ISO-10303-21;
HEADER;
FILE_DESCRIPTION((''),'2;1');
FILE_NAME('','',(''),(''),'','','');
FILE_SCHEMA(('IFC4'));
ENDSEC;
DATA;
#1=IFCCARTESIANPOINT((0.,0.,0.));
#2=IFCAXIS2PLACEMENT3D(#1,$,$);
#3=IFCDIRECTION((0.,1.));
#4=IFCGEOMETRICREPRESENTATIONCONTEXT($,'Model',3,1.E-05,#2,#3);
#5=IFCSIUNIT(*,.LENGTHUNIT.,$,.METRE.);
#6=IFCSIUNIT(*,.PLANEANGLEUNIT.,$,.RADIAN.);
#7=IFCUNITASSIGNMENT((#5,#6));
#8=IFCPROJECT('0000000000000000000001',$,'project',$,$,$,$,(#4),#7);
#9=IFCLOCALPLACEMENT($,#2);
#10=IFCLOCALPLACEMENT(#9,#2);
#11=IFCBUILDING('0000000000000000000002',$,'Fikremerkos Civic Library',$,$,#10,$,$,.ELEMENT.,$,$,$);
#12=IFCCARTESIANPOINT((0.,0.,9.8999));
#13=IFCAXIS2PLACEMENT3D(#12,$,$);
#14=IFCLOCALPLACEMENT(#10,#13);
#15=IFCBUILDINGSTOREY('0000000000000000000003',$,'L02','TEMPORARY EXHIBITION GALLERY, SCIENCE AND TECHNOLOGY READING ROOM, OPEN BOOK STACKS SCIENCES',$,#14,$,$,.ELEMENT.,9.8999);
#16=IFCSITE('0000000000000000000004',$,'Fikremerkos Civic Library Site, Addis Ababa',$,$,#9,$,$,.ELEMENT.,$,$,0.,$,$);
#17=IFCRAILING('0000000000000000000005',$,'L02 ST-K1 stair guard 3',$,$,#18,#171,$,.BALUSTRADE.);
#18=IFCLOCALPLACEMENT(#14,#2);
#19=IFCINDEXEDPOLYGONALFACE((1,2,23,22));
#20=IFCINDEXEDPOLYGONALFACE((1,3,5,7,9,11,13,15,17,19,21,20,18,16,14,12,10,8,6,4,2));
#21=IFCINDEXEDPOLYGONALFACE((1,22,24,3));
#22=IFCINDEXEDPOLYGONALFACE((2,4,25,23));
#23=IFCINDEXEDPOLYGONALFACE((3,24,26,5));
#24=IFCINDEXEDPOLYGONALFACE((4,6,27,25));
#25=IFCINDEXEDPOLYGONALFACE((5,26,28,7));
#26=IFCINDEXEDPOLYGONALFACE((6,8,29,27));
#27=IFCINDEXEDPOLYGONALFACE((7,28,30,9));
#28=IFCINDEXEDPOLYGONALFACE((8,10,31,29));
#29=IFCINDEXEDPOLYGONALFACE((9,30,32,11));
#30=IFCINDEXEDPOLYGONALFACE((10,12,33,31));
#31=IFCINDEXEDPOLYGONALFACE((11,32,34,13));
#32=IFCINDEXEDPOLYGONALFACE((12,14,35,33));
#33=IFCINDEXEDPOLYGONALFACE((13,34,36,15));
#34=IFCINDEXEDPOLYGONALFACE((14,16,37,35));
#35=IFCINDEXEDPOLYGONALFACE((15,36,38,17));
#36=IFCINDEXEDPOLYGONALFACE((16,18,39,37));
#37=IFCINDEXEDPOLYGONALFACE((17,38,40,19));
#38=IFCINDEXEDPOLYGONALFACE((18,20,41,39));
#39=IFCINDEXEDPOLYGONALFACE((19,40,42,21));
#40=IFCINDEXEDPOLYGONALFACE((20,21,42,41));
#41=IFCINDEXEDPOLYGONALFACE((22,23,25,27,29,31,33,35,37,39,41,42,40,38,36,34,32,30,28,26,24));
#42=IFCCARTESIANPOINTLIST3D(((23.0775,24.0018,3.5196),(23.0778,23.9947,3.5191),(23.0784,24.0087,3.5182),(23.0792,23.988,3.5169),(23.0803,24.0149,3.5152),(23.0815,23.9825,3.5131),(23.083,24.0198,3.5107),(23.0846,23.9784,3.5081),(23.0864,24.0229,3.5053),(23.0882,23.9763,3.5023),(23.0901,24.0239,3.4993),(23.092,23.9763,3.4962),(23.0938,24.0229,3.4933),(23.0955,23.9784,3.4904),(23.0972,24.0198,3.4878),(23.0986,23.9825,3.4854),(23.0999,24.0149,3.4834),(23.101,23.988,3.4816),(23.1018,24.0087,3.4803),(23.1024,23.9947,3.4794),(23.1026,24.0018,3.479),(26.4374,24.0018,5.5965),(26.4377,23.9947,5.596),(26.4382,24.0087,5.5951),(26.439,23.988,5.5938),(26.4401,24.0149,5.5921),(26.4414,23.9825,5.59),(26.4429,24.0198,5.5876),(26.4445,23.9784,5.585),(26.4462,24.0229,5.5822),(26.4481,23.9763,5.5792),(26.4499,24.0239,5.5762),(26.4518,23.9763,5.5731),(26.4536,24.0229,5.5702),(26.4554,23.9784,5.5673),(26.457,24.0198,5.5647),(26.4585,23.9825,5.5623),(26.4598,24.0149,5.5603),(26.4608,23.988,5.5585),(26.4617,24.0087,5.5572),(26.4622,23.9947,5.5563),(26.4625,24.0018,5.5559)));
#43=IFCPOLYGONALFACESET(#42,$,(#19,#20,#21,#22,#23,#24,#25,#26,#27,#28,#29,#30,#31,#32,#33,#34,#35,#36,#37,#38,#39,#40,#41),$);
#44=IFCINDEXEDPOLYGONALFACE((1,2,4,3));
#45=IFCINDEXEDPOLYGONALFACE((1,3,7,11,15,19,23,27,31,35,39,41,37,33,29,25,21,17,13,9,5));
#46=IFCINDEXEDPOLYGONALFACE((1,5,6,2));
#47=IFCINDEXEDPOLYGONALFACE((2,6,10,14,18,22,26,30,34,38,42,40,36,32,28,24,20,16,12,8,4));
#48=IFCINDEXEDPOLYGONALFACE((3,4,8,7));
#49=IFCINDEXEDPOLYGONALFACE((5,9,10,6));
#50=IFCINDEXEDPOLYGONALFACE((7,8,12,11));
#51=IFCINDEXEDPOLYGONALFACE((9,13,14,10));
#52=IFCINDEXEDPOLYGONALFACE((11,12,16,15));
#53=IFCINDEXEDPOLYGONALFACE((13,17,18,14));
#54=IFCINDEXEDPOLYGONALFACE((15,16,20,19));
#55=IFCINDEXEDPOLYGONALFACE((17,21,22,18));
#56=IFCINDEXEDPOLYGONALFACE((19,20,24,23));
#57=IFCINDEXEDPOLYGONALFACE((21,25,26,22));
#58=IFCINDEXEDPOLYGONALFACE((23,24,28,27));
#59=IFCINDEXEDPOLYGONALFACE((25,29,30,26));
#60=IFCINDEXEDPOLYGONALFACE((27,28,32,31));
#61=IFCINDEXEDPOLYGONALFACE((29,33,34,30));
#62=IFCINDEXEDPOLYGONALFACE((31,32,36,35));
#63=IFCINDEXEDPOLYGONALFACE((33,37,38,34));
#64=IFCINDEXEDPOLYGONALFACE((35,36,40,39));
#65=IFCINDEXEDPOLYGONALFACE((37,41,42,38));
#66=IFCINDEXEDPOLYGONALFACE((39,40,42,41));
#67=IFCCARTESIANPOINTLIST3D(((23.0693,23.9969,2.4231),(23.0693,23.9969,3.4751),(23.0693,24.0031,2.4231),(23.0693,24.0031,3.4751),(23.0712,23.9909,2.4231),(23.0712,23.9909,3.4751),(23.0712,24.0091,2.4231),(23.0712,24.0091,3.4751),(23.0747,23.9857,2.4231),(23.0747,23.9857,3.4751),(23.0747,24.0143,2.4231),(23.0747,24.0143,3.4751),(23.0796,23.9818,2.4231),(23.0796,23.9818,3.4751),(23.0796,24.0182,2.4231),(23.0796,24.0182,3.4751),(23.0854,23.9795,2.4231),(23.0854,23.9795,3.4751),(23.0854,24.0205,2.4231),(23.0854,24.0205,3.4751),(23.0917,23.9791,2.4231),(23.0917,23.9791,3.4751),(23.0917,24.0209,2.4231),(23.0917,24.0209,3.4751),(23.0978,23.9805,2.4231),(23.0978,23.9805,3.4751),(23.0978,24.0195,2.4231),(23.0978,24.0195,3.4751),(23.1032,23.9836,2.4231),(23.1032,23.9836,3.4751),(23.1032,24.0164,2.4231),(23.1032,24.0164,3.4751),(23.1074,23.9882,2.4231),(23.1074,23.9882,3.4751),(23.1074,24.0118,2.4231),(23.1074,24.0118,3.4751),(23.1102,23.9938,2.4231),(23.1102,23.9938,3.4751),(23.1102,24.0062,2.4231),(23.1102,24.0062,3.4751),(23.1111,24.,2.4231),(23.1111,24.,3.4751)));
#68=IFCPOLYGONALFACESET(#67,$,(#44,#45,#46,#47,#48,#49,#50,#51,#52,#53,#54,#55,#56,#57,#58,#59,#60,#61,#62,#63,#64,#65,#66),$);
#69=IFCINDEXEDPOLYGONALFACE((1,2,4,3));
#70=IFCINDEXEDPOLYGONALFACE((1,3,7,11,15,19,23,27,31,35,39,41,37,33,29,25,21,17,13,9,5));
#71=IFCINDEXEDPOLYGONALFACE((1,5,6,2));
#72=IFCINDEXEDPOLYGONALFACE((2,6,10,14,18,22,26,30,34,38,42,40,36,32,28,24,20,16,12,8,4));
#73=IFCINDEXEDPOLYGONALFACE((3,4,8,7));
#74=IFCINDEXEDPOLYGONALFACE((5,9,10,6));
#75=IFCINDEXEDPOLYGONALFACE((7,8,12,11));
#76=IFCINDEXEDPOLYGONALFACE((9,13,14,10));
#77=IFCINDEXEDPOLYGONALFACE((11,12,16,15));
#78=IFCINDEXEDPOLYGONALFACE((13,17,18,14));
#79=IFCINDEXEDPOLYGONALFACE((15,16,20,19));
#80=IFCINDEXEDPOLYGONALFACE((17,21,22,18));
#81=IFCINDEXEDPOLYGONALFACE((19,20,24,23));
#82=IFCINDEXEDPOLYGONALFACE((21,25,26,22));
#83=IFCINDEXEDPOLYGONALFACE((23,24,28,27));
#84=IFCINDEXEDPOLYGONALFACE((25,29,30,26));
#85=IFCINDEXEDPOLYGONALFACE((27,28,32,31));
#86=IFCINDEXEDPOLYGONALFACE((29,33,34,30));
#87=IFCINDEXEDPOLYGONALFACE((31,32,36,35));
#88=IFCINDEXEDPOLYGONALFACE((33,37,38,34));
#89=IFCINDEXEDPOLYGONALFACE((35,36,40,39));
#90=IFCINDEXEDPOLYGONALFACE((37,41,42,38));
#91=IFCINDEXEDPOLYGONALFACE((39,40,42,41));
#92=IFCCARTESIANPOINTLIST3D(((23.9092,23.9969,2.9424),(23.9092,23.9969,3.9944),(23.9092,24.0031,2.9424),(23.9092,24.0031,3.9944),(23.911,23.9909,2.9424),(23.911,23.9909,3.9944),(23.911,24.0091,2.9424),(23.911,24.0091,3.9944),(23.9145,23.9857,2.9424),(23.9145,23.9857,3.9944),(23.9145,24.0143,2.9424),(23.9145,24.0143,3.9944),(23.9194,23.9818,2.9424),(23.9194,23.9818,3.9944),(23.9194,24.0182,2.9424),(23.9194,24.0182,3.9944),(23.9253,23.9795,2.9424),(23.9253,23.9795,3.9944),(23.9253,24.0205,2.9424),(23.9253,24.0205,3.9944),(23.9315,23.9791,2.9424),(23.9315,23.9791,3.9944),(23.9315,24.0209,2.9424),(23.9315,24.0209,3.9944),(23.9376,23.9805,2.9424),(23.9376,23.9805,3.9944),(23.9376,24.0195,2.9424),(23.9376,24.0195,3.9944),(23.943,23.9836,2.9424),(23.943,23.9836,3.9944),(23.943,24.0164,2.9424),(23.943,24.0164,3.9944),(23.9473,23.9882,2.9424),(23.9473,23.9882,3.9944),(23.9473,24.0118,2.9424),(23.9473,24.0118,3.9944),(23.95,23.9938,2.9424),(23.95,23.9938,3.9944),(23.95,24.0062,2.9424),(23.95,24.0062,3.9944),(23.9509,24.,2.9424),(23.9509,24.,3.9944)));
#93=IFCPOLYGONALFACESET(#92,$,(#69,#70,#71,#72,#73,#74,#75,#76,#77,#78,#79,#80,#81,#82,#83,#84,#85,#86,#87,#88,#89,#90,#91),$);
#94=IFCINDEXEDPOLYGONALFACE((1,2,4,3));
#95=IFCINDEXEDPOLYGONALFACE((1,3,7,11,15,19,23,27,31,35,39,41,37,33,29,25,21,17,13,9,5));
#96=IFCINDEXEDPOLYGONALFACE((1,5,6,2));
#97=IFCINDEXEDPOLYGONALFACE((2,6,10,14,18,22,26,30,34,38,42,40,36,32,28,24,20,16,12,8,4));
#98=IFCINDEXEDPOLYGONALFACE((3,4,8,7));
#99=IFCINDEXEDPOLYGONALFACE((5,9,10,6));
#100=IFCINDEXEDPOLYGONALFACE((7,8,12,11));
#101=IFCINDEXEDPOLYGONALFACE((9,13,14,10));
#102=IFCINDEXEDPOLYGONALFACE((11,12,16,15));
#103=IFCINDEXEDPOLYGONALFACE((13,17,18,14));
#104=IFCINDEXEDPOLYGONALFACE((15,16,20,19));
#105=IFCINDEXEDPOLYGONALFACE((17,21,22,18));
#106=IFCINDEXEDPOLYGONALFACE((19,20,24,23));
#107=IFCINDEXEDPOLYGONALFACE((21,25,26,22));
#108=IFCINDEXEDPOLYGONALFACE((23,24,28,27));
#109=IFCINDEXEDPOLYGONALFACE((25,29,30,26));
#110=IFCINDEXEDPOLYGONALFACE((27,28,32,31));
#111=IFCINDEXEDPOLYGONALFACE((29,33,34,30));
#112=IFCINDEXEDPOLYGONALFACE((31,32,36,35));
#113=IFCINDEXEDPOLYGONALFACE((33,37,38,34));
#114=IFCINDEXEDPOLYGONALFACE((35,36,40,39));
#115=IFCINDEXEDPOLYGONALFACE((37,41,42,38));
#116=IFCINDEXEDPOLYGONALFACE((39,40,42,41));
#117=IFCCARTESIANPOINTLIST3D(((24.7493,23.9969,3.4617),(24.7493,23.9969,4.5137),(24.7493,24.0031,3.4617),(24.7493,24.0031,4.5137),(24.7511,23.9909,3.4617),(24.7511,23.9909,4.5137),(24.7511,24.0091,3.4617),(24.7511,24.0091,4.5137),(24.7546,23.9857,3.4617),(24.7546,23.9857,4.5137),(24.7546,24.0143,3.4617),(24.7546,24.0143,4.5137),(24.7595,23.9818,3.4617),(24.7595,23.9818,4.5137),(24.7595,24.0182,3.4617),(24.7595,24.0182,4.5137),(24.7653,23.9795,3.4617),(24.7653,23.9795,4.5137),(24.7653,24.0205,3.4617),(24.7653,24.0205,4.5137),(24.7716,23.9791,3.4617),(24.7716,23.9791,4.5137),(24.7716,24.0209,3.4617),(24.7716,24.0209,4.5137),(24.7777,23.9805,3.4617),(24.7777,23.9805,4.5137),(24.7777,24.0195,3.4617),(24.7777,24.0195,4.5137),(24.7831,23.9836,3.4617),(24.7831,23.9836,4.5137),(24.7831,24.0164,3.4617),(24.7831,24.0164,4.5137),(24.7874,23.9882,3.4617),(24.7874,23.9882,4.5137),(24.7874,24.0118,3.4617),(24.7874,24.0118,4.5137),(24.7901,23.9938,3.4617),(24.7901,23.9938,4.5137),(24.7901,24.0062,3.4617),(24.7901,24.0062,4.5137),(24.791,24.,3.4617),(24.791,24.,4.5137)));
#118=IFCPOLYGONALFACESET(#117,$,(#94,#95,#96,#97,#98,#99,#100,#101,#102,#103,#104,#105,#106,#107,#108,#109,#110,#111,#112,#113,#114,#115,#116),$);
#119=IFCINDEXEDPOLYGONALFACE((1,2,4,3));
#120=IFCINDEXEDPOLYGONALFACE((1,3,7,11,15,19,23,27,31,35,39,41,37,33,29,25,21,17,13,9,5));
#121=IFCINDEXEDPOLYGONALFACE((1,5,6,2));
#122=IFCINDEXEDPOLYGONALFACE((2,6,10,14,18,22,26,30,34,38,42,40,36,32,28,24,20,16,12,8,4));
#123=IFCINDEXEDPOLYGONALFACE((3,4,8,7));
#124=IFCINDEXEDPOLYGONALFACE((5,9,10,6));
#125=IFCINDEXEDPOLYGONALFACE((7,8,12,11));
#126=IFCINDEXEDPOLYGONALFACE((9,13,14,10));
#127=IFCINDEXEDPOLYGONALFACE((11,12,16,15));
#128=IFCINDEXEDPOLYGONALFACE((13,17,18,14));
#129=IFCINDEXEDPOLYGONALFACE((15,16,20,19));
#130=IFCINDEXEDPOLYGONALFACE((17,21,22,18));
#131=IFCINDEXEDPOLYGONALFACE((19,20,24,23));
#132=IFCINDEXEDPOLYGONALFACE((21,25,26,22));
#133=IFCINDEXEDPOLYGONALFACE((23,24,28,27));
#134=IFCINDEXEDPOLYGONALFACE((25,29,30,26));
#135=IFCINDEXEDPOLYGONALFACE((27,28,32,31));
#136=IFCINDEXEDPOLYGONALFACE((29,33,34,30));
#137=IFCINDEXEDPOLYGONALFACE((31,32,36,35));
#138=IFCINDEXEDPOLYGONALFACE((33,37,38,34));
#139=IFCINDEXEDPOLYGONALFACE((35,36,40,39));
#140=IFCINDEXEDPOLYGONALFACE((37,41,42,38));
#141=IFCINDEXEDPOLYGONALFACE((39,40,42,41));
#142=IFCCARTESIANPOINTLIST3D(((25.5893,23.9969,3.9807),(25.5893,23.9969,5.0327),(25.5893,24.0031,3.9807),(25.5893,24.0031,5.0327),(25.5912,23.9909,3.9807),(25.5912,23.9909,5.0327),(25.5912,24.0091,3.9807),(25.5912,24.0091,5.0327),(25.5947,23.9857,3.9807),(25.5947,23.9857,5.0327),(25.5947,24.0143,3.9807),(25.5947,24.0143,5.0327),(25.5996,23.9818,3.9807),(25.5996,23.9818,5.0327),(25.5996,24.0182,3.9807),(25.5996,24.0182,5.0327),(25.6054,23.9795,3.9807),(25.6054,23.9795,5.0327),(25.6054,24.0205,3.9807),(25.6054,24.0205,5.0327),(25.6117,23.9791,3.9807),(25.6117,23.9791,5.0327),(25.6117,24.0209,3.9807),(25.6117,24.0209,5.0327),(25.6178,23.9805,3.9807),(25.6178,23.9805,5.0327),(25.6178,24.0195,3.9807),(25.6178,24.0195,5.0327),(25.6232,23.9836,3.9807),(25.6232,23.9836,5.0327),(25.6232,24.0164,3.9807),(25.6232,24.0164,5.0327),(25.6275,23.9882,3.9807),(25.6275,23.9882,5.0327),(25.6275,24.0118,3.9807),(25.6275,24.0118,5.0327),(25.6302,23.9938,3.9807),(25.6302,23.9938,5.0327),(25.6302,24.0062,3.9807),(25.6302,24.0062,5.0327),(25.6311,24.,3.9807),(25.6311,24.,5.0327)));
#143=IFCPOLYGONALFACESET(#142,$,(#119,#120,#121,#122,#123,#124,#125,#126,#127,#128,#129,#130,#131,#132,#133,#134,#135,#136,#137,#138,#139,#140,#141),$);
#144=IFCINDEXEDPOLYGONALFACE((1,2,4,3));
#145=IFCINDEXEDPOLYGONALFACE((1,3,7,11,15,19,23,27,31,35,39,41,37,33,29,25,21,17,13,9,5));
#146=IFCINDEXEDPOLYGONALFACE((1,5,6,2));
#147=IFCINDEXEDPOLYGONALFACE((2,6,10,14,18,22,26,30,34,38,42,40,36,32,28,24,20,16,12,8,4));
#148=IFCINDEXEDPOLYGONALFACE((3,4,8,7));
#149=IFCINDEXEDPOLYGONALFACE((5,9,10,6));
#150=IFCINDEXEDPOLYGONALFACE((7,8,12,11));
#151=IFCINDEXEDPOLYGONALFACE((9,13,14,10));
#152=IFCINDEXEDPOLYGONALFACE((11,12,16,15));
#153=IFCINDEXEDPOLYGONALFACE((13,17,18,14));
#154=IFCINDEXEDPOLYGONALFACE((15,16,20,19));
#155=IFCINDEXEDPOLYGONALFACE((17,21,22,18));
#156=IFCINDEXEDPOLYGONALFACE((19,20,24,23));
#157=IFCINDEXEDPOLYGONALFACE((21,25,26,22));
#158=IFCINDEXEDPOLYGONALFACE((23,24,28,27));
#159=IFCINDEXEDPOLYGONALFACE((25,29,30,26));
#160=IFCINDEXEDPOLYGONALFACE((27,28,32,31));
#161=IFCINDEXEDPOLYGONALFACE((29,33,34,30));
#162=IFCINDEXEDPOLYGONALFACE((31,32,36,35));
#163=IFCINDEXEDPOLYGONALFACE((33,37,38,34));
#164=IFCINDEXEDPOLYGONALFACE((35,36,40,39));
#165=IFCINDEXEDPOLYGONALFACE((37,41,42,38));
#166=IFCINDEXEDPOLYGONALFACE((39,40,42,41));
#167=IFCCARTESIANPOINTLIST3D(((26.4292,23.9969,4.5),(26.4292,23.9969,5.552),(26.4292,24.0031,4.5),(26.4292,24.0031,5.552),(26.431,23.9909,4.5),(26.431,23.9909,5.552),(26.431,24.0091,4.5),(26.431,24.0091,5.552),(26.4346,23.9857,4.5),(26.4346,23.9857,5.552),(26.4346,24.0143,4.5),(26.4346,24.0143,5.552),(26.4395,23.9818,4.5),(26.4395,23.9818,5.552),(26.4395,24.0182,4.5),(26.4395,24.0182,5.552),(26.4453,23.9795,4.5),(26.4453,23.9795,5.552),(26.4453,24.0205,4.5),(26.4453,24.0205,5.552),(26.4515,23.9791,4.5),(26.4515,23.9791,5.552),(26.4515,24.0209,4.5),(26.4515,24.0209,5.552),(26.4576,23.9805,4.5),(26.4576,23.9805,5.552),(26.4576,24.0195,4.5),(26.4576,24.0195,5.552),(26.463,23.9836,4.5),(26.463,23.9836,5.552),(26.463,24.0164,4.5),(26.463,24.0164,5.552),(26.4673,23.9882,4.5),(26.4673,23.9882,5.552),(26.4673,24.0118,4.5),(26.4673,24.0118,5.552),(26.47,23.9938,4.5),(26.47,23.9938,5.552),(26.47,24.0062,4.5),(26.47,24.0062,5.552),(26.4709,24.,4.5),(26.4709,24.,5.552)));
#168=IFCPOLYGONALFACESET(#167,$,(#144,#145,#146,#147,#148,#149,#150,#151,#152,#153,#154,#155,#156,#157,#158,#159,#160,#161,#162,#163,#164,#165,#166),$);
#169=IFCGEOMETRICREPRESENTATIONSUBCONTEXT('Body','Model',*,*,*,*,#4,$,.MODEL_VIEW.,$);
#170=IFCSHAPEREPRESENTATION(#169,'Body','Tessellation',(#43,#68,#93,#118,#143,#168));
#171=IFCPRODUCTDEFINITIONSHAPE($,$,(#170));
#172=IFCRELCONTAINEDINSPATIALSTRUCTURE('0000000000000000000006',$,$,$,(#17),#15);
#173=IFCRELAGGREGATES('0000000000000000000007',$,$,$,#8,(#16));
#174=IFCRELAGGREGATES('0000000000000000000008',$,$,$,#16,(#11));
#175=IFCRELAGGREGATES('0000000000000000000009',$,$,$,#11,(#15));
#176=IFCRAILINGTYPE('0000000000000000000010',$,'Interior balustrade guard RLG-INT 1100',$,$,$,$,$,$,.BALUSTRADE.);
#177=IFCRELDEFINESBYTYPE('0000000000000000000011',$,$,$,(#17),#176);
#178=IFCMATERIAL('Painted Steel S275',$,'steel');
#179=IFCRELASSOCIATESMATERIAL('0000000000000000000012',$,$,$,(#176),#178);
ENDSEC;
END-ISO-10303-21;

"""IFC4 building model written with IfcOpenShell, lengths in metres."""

from ifc_helpers import new_model, si_unit, direction, frame, origin, origin_2d, place, context, subcontext, project, spatial, circle, extrude, material, type_object, element, save


model = new_model("IFC4")

# Units and contexts
model_context = context("Model", 3, precision=1e-05, world=origin(), true_north=direction((0.0, 1.0)))
body_context = subcontext(model_context, "Body", "Model", "MODEL_VIEW")
ifc_project = project(units=[si_unit("LENGTHUNIT", "METRE"), si_unit("PLANEANGLEUNIT", "RADIAN")], contexts=[model_context])

# Site, building, storey
site_placement = place(None, origin())
site = spatial("IfcSite", under=ifc_project, at=site_placement, Name="Fikremerkos Civic Library Site, Addis Ababa", CompositionType="ELEMENT", RefElevation=0.0)
building_placement = place(site_placement, origin())
building = spatial("IfcBuilding", under=site, at=building_placement, Name="Fikremerkos Civic Library", CompositionType="ELEMENT")
storey_placement = place(building_placement, frame((0.0, 0.0, 9.8999)))
storey = spatial("IfcBuildingStorey", under=building, at=storey_placement, Name="L02", Description="TEMPORARY EXHIBITION GALLERY, SCIENCE AND TECHNOLOGY READING ROOM, OPEN BOOK STACKS SCIENCES", CompositionType="ELEMENT", Elevation=9.8999)

# Railing
ifc_material_1 = material(Name="Painted Steel S275", Category="steel")
railing_type_1 = type_object("IfcRailingType", Name="Interior balustrade guard RLG-INT 1100", PredefinedType="BALUSTRADE", material=ifc_material_1)
railing_1_placement = place(storey_placement, frame((23.0901, 24.0, 2.4231)))
element("IfcRailing", 1, at=railing_1_placement, inside=storey, type_object=railing_type_1, Name="L02 ST-K1 stair guard 3", PredefinedType="BALUSTRADE", context=body_context, shape_type="SweptSolid", body=[
    extrude(circle(Radius=0.0239, at=origin_2d()), frame((0.0, 0.0, 1.0762), z_axis=(0.850606, 0.0, 0.525803), x_axis=(0.0, 1.0, 0.0)), (0.0, 0.0, 1.0), 3.95),
    extrude(circle(Radius=0.021, at=origin_2d()), origin(), (0.0, 0.0, 1.0), 1.052),
    extrude(circle(Radius=0.021, at=origin_2d()), frame((0.8398, 0.0, 0.5193)), (0.0, 0.0, 1.0), 1.052),
    extrude(circle(Radius=0.021, at=origin_2d()), frame((1.6799, 0.0, 1.0386)), (0.0, 0.0, 1.0), 1.052),
    extrude(circle(Radius=0.021, at=origin_2d()), frame((2.52, 0.0, 1.5576)), (0.0, 0.0, 1.0), 1.052),
    extrude(circle(Radius=0.021, at=origin_2d()), frame((3.3599, 0.0, 2.0769)), (0.0, 0.0, 1.0), 1.052),
])

save(model, "model.ifc")
